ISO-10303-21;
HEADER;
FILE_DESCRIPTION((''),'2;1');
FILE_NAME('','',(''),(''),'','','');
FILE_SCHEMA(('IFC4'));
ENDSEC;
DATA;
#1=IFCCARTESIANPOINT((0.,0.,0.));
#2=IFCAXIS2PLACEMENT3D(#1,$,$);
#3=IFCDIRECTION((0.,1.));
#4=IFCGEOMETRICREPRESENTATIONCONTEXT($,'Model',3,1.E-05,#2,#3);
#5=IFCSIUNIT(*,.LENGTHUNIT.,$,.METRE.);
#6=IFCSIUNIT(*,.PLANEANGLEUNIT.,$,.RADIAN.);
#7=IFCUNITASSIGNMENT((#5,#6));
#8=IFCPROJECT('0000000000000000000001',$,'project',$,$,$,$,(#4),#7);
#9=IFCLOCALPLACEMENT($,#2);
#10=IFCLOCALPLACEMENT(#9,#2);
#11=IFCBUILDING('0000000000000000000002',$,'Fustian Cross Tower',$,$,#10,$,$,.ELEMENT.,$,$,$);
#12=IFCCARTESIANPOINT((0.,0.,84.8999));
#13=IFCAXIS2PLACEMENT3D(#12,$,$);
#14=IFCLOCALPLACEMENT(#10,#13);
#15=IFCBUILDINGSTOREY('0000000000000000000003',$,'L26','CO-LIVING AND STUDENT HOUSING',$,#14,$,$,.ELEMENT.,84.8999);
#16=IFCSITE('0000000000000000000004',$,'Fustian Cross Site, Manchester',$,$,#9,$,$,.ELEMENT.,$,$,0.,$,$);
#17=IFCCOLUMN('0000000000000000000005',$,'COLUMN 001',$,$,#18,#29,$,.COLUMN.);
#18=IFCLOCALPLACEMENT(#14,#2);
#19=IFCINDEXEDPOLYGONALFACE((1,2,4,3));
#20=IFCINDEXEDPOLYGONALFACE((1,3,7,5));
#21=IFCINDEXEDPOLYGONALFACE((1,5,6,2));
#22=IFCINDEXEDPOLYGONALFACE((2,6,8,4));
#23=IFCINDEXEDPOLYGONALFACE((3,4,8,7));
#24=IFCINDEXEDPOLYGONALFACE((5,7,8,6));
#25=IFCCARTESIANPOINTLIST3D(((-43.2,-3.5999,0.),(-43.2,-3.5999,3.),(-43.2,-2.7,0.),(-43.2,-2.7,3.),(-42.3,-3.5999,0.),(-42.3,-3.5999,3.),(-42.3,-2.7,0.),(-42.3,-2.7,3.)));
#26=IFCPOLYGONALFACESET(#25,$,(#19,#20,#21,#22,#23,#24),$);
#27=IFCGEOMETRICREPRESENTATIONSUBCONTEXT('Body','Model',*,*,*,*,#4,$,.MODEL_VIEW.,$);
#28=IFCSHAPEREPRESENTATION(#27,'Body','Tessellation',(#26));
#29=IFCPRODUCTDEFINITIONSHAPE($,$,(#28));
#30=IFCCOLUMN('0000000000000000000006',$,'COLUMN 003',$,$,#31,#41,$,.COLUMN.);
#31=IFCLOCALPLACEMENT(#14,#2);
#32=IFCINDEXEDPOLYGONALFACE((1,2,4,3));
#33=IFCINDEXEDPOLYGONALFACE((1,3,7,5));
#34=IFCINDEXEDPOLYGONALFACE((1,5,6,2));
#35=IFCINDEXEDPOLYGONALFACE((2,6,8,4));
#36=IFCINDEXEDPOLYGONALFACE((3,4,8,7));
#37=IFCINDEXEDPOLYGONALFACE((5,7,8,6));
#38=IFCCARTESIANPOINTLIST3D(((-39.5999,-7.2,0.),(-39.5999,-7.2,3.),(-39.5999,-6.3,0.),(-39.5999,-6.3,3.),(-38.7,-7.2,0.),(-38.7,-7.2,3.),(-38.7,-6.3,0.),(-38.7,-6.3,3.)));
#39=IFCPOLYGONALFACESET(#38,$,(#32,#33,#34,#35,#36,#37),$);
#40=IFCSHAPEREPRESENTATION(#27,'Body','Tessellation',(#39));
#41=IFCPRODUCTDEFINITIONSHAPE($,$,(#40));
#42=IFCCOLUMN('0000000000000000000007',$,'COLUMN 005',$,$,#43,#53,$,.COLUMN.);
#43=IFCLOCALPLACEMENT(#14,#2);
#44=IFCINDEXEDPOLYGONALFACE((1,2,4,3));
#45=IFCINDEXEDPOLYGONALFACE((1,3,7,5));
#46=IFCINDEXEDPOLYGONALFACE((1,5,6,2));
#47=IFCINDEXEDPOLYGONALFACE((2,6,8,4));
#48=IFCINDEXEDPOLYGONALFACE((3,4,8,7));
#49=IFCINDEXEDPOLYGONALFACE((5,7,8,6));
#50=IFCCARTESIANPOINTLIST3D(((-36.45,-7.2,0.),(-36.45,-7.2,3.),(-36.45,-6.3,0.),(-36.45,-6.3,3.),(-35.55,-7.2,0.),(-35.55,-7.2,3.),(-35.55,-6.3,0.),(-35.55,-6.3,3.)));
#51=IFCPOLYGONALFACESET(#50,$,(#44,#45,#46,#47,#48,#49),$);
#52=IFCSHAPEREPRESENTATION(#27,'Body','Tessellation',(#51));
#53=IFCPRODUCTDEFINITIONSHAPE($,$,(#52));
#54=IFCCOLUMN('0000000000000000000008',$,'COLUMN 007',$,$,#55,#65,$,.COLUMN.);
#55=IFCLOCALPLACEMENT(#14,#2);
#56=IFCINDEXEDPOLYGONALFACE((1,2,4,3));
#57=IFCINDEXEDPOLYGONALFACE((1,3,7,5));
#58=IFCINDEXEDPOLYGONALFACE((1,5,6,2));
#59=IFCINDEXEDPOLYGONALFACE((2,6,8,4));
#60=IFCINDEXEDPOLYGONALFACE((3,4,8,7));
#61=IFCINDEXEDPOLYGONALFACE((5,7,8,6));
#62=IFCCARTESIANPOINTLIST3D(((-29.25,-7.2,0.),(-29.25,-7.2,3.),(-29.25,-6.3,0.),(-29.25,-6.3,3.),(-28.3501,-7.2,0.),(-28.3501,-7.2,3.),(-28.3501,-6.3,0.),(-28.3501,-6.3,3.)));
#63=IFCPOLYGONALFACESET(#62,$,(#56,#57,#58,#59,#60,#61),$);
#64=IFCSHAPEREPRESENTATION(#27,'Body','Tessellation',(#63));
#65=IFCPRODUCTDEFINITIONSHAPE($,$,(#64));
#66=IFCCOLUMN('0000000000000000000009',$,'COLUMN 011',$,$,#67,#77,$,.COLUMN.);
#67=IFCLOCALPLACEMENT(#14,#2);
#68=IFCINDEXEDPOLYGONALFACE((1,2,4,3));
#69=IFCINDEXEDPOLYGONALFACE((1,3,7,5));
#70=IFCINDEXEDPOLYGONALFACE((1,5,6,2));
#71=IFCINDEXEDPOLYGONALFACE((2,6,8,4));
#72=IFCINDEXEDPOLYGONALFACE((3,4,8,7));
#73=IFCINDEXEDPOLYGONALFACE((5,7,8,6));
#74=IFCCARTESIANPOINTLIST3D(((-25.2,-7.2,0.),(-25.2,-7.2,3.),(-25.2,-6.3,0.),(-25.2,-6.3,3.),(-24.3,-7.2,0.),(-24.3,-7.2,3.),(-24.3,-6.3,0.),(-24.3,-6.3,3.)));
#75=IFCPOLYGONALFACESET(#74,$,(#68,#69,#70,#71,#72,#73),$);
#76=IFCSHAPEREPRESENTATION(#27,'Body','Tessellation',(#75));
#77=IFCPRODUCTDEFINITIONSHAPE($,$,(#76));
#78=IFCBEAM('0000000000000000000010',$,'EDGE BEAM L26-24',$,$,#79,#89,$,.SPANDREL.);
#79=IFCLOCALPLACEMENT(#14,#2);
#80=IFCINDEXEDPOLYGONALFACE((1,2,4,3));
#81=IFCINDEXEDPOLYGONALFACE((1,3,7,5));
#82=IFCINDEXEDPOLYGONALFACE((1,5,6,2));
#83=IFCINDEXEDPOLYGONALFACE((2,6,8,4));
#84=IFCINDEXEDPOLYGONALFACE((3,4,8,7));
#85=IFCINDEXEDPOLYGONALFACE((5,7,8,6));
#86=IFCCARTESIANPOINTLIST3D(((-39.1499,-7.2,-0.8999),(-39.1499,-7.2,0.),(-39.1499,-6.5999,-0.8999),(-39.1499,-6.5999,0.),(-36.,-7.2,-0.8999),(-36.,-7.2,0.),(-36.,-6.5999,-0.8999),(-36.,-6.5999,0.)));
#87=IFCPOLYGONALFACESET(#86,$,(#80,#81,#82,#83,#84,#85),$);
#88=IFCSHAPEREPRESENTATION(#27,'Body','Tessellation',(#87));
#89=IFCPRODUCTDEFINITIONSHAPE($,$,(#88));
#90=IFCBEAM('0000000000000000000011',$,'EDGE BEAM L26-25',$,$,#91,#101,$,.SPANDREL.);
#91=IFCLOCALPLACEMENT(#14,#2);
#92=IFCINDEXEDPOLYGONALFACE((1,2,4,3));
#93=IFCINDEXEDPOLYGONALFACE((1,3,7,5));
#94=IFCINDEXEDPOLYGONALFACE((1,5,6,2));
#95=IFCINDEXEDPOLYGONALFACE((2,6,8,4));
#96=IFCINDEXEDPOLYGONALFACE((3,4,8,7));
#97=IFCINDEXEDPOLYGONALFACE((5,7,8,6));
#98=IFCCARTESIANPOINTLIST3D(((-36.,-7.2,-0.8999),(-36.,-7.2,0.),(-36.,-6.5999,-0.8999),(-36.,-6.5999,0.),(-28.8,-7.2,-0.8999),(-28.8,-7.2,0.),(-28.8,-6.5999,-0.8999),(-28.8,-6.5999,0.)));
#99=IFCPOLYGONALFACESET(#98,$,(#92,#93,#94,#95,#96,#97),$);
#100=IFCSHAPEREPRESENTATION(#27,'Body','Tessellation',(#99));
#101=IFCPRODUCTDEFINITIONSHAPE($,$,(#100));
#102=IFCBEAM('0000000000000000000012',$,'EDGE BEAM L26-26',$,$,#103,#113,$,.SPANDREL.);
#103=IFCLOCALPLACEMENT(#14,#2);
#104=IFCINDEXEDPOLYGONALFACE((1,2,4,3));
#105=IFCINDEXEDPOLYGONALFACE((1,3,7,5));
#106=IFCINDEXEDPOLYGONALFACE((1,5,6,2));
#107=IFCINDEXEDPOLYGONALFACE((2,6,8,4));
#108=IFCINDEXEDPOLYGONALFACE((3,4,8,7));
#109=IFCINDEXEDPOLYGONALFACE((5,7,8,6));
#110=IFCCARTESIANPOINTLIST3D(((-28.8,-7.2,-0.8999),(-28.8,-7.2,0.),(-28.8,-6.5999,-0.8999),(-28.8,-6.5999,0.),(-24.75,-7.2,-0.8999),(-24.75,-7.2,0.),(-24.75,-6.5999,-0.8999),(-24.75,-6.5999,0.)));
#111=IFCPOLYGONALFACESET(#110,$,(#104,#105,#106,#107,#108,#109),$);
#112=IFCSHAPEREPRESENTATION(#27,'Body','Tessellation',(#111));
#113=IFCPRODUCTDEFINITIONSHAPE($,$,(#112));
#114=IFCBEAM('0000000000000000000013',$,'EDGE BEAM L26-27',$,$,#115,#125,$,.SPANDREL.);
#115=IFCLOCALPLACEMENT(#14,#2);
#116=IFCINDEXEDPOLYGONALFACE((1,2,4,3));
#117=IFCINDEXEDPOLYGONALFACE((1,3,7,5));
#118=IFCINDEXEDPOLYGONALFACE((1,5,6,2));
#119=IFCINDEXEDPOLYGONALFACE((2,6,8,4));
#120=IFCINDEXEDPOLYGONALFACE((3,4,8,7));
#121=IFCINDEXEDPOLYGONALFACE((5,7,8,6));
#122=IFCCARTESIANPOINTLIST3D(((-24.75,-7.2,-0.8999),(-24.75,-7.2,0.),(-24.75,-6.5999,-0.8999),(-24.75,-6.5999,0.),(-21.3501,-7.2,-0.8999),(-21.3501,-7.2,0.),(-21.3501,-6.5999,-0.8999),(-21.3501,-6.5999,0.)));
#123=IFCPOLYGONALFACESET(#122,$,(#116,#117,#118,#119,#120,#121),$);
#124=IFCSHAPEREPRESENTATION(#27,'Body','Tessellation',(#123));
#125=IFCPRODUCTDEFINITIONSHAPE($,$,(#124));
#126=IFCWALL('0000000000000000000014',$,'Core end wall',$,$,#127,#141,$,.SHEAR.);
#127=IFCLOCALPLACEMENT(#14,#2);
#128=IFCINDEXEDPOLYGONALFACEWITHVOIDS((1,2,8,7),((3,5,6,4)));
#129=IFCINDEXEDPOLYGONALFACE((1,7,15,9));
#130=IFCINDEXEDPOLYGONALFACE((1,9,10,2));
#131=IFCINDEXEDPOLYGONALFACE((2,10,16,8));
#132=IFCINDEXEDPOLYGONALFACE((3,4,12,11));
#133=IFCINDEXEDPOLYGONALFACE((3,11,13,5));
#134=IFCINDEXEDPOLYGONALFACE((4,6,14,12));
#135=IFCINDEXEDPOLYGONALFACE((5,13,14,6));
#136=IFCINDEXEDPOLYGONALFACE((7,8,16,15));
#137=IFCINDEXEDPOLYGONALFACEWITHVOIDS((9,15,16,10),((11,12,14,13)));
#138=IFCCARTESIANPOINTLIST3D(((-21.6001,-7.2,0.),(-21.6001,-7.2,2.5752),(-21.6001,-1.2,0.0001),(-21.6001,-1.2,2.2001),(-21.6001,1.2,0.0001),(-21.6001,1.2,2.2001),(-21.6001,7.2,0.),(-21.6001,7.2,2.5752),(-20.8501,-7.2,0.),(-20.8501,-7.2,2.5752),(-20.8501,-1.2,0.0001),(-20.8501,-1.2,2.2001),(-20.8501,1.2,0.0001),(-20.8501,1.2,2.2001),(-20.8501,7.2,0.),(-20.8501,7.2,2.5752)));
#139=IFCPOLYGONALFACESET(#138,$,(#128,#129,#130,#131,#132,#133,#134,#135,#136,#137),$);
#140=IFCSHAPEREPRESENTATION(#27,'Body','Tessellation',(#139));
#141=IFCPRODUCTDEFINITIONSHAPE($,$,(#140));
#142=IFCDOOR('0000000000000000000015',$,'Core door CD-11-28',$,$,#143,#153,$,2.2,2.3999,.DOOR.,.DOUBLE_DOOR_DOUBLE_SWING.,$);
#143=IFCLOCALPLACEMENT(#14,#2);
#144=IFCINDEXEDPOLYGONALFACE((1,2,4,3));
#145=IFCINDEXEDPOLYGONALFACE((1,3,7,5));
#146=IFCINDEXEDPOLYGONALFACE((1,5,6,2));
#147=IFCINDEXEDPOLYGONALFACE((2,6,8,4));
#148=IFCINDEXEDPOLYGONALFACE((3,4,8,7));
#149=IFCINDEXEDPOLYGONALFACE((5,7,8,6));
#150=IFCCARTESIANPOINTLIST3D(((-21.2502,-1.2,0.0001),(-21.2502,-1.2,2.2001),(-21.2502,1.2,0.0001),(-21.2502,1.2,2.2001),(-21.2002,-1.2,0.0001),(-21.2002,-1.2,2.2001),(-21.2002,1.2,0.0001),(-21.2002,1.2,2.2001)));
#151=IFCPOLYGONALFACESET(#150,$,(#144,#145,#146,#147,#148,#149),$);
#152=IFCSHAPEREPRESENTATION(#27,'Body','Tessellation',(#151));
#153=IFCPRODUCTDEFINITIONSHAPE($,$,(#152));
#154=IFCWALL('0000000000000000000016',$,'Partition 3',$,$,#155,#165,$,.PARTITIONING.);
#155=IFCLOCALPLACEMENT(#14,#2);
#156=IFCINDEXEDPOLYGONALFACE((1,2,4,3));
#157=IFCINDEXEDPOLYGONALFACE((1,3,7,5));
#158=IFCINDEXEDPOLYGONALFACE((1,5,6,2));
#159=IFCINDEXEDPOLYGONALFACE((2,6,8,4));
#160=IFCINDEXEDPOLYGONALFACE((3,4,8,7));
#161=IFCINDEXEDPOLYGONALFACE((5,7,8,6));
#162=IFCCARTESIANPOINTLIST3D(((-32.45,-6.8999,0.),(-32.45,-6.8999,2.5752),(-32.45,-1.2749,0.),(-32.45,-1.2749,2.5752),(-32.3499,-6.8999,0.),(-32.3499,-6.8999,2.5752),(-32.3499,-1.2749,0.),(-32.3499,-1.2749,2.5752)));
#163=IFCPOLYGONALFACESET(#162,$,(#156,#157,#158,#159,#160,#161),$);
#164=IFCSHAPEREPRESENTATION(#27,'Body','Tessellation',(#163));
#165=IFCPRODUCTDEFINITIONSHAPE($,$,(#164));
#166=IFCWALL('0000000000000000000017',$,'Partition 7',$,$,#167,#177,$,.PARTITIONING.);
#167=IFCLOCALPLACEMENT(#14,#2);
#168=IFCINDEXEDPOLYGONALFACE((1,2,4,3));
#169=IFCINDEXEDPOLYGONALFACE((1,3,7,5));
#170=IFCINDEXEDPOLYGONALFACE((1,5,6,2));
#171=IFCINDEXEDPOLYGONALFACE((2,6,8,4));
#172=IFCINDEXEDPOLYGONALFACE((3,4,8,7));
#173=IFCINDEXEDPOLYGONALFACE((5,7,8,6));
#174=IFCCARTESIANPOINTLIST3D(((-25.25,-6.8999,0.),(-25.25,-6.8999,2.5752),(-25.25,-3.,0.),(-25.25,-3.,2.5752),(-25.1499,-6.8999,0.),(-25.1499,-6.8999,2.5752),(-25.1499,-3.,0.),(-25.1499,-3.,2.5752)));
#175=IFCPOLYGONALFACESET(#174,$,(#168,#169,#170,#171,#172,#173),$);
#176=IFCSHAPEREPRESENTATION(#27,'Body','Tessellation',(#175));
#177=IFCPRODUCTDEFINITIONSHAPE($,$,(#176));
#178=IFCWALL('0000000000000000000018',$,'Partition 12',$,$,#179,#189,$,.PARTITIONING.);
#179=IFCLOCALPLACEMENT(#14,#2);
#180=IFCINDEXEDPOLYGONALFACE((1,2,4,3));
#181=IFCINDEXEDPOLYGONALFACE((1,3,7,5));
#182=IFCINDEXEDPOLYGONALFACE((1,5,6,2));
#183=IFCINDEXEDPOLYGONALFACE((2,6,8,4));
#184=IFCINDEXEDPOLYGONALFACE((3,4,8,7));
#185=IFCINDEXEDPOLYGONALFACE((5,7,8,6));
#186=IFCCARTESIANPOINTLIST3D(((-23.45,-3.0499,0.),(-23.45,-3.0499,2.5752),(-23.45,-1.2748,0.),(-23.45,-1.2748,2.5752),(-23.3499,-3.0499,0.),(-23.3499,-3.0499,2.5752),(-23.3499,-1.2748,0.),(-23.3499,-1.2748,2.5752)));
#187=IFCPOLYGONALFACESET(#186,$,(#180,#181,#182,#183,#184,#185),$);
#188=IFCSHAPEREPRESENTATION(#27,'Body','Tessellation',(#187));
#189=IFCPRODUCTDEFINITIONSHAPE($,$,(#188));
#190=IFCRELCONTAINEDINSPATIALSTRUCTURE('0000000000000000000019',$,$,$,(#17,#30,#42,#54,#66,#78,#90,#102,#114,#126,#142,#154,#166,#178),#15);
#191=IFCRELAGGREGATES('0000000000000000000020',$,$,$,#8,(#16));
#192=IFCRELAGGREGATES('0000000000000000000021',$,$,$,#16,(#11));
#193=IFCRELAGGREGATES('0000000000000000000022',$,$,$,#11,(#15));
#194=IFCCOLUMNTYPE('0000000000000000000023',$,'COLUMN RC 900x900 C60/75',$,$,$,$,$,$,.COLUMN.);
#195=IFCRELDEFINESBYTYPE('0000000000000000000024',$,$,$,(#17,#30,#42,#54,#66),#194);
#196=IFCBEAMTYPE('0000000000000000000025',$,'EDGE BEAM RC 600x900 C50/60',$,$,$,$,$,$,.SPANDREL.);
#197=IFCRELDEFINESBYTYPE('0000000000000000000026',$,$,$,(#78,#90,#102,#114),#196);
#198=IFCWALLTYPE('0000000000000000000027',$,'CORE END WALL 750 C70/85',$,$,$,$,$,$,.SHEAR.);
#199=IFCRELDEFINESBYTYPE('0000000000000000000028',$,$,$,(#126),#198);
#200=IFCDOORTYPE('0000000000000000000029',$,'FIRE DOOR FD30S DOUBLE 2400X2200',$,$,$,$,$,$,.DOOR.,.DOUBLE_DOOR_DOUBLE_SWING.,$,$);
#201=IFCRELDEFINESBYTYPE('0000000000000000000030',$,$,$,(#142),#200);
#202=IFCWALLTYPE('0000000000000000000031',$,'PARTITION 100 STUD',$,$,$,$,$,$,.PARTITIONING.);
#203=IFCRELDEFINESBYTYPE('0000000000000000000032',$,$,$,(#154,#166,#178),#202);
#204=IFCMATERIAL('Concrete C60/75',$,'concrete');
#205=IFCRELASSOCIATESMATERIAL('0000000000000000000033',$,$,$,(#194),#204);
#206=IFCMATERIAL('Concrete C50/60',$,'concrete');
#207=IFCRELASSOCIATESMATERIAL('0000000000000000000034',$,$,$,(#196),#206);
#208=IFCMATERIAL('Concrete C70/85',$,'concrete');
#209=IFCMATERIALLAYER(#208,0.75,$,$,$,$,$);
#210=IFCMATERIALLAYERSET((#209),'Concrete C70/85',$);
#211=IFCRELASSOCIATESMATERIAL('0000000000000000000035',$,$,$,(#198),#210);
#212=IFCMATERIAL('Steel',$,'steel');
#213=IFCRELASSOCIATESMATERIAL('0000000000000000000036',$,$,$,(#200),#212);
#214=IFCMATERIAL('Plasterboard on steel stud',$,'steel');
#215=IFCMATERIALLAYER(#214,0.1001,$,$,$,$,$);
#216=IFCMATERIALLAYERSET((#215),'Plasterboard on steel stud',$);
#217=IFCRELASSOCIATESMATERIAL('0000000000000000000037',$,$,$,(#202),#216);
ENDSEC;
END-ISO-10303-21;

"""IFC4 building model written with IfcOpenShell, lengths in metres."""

from ifc_helpers import new_model, si_unit, direction, frame, frame_2d, origin, origin_2d, place, context, subcontext, project, spatial, rectangle, extrude, material, layer, layer_set, material_profile, profile_set, type_object, element, fill, save


model = new_model("IFC4")

# Units and contexts
model_context = context("Model", 3, precision=1e-05, world=origin(), true_north=direction((0.0, 1.0)))
body_context = subcontext(model_context, "Body", "Model", "MODEL_VIEW")
ifc_project = project(units=[si_unit("LENGTHUNIT", "METRE"), si_unit("PLANEANGLEUNIT", "RADIAN")], contexts=[model_context])

# Site, building, storey
site_placement = place(None, origin())
site = spatial("IfcSite", under=ifc_project, at=site_placement, Name="Fustian Cross Site, Manchester", CompositionType="ELEMENT", RefElevation=0.0)
building_placement = place(site_placement, origin())
building = spatial("IfcBuilding", under=site, at=building_placement, Name="Fustian Cross Tower", CompositionType="ELEMENT")
storey_placement = place(building_placement, frame((0.0, 0.0, 84.8999)))
storey = spatial("IfcBuildingStorey", under=building, at=storey_placement, Name="L26", Description="CO-LIVING AND STUDENT HOUSING", CompositionType="ELEMENT", Elevation=84.8999)

# Columns
ifc_material_1 = material(Name="Concrete C60/75", Category="concrete")
ifc_material_profile_1 = material_profile(ifc_material_1, rectangle(XDim=0.8999, YDim=0.8999, at=origin_2d()), Name="RC 900x900")
ifc_profile_set_1 = profile_set([ifc_material_profile_1], Name="Concrete C60/75")
column_type = type_object("IfcColumnType", Name="COLUMN RC 900x900 C60/75", PredefinedType="COLUMN", material=ifc_profile_set_1)
for number, where, z_axis, x_axis, name in (
    (1, (-42.75, -3.1499, 0.0), (0.0, 0.0, 1.0), (1.0, 0.0, 0.0), "COLUMN 001"),
    (2, (-39.1499, -6.75, 0.0), (0.0, 0.0, 1.0), (1.0, 0.0, 0.0), "COLUMN 003"),
    (3, (-36.0, -6.75, 0.0), (0.0, 0.0, 1.0), (1.0, 0.0, 0.0), "COLUMN 005"),
    (4, (-28.8, -6.75, 0.0), (0.0, 0.0, 1.0), (1.0, 0.0, 0.0), "COLUMN 007"),
    (5, (-24.75, -6.75, 0.0), (0.0, 0.0, 1.0), (1.0, 0.0, 0.0), "COLUMN 011"),
):
    element("IfcColumn", number, at=place(storey_placement, frame(where, z_axis=z_axis, x_axis=x_axis)), inside=storey, type_object=column_type, Name=name, PredefinedType="COLUMN", context=body_context, shape_type="SweptSolid", body=[
        extrude(rectangle(XDim=0.8999, YDim=0.8999, at=origin_2d()), origin(), (0.0, 0.0, 1.0), 3.0),
    ])

# Beams
ifc_material_2 = material(Name="Concrete C50/60", Category="concrete")
ifc_material_profile_2 = material_profile(ifc_material_2, rectangle(XDim=0.6001, YDim=0.8999, at=origin_2d()), Name="RC 600x900")
ifc_profile_set_2 = profile_set([ifc_material_profile_2], Name="Concrete C50/60")
beam_type = type_object("IfcBeamType", Name="EDGE BEAM RC 600x900 C50/60", PredefinedType="SPANDREL", material=ifc_profile_set_2)
beam_1_placement = place(storey_placement, frame((-39.1499, -6.8999, -0.45), z_axis=(1.0, 0.0, 0.0), x_axis=(0.0, 1.0, 0.0)))
element("IfcBeam", 6, at=beam_1_placement, inside=storey, type_object=beam_type, Name="EDGE BEAM L26-24", PredefinedType="SPANDREL", context=body_context, shape_type="SweptSolid", body=[
    extrude(rectangle(XDim=0.6001, YDim=0.8999, at=origin_2d()), origin(), (0.0, 0.0, 1.0), 3.1499),
])
beam_2_placement = place(storey_placement, frame((-36.0, -6.8999, -0.45), z_axis=(1.0, 0.0, 0.0), x_axis=(0.0, 1.0, 0.0)))
element("IfcBeam", 7, at=beam_2_placement, inside=storey, type_object=beam_type, Name="EDGE BEAM L26-25", PredefinedType="SPANDREL", context=body_context, shape_type="SweptSolid", body=[
    extrude(rectangle(XDim=0.6001, YDim=0.8999, at=origin_2d()), origin(), (0.0, 0.0, 1.0), 7.2),
])
beam_3_placement = place(storey_placement, frame((-28.8, -6.8999, -0.45), z_axis=(1.0, 0.0, 0.0), x_axis=(0.0, 1.0, 0.0)))
element("IfcBeam", 8, at=beam_3_placement, inside=storey, type_object=beam_type, Name="EDGE BEAM L26-26", PredefinedType="SPANDREL", context=body_context, shape_type="SweptSolid", body=[
    extrude(rectangle(XDim=0.6001, YDim=0.8999, at=origin_2d()), origin(), (0.0, 0.0, 1.0), 4.05),
])
beam_4_placement = place(storey_placement, frame((-24.75, -6.8999, -0.45), z_axis=(1.0, 0.0, 0.0), x_axis=(0.0, 1.0, 0.0)))
element("IfcBeam", 9, at=beam_4_placement, inside=storey, type_object=beam_type, Name="EDGE BEAM L26-27", PredefinedType="SPANDREL", context=body_context, shape_type="SweptSolid", body=[
    extrude(rectangle(XDim=0.6001, YDim=0.8999, at=origin_2d()), origin(), (0.0, 0.0, 1.0), 3.3999),
])

# Wall, opening, door
ifc_material_3 = material(Name="Concrete C70/85", Category="concrete")
ifc_layer_1 = layer(ifc_material_3, 0.75)
ifc_layer_set_1 = layer_set([ifc_layer_1], Name="Concrete C70/85")
wall_type_1 = type_object("IfcWallType", Name="CORE END WALL 750 C70/85", PredefinedType="SHEAR", material=ifc_layer_set_1)
wall_1_placement = place(storey_placement, frame((-21.2251, -7.2, 0.0), z_axis=(0.0, 0.0, 1.0), x_axis=(0.0, 1.0, 0.0)))
wall_1 = element("IfcWall", 10, at=wall_1_placement, inside=storey, type_object=wall_type_1, Name="Core end wall", PredefinedType="SHEAR", context=body_context, shape_type="SweptSolid", body=[
    extrude(rectangle(XDim=14.3999, YDim=0.75, at=frame_2d((7.2, 0.0))), origin(), (0.0, 0.0, 1.0), 2.5752),
])
opening_1_placement = place(wall_1_placement, frame((6.0, 0.0, 0.0)))
opening_1 = element("IfcOpeningElement", 11, at=opening_1_placement, cuts=wall_1, PredefinedType="OPENING", context=body_context, shape_type="SweptSolid", body=[
    extrude(rectangle(XDim=2.3999, YDim=2.2, at=frame_2d((1.2, 1.1001))), frame((0.0, 0.385, 0.0), z_axis=(0.0, -1.0, 0.0), x_axis=(1.0, 0.0, 0.0)), (0.0, 0.0, 1.0), 0.77),
])
ifc_material_4 = material(Name="Steel", Category="steel")
door_type = type_object("IfcDoorType", Name="FIRE DOOR FD30S DOUBLE 2400X2200", OperationType="DOUBLE_DOOR_DOUBLE_SWING", PredefinedType="DOOR", material=ifc_material_4)
door_placement = place(opening_1_placement, frame((2.3999, 0.0, 0.0), z_axis=(0.0, 0.0, 1.0), x_axis=(-1.0, 0.0, 0.0)))
door = element("IfcDoor", 12, at=door_placement, inside=storey, type_object=door_type, Name="Core door CD-11-28", OperationType="DOUBLE_DOOR_DOUBLE_SWING", OverallHeight=2.2, OverallWidth=2.3999, PredefinedType="DOOR", context=body_context, shape_type="SweptSolid", body=[
    extrude(rectangle(XDim=2.3999, YDim=2.2, at=frame_2d((1.2, 1.1001))), frame((0.0, 0.0249, 0.0), z_axis=(0.0, -1.0, 0.0), x_axis=(1.0, 0.0, 0.0)), (0.0, 0.0, 1.0), 0.05),
])
fill(opening_1, door)

# Walls
ifc_material_5 = material(Name="Plasterboard on steel stud", Category="steel")
ifc_layer_2 = layer(ifc_material_5, 0.1001)
ifc_layer_set_2 = layer_set([ifc_layer_2], Name="Plasterboard on steel stud")
wall_type_2 = type_object("IfcWallType", Name="PARTITION 100 STUD", PredefinedType="PARTITIONING", material=ifc_layer_set_2)
wall_2_placement = place(storey_placement, frame((-32.3999, -6.8999, 0.0), z_axis=(0.0, 0.0, 1.0), x_axis=(0.0, 1.0, 0.0)))
element("IfcWall", 13, at=wall_2_placement, inside=storey, type_object=wall_type_2, Name="Partition 3", PredefinedType="PARTITIONING", context=body_context, shape_type="SweptSolid", body=[
    extrude(rectangle(XDim=5.625, YDim=0.1001, at=frame_2d((2.8125, 0.0))), origin(), (0.0, 0.0, 1.0), 2.5752),
])
wall_3_placement = place(storey_placement, frame((-25.2, -6.8999, 0.0), z_axis=(0.0, 0.0, 1.0), x_axis=(0.0, 1.0, 0.0)))
element("IfcWall", 14, at=wall_3_placement, inside=storey, type_object=wall_type_2, Name="Partition 7", PredefinedType="PARTITIONING", context=body_context, shape_type="SweptSolid", body=[
    extrude(rectangle(XDim=3.8999, YDim=0.1001, at=frame_2d((1.95, 0.0))), origin(), (0.0, 0.0, 1.0), 2.5752),
])
wall_4_placement = place(storey_placement, frame((-23.3999, -3.05, 0.0), z_axis=(0.0, 0.0, 1.0), x_axis=(0.0, 1.0, 0.0)))
element("IfcWall", 15, at=wall_4_placement, inside=storey, type_object=wall_type_2, Name="Partition 12", PredefinedType="PARTITIONING", context=body_context, shape_type="SweptSolid", body=[
    extrude(rectangle(XDim=1.7751, YDim=0.1001, at=frame_2d((0.8877, 0.0))), origin(), (0.0, 0.0, 1.0), 2.5752),
])

save(model, "model.ifc")
